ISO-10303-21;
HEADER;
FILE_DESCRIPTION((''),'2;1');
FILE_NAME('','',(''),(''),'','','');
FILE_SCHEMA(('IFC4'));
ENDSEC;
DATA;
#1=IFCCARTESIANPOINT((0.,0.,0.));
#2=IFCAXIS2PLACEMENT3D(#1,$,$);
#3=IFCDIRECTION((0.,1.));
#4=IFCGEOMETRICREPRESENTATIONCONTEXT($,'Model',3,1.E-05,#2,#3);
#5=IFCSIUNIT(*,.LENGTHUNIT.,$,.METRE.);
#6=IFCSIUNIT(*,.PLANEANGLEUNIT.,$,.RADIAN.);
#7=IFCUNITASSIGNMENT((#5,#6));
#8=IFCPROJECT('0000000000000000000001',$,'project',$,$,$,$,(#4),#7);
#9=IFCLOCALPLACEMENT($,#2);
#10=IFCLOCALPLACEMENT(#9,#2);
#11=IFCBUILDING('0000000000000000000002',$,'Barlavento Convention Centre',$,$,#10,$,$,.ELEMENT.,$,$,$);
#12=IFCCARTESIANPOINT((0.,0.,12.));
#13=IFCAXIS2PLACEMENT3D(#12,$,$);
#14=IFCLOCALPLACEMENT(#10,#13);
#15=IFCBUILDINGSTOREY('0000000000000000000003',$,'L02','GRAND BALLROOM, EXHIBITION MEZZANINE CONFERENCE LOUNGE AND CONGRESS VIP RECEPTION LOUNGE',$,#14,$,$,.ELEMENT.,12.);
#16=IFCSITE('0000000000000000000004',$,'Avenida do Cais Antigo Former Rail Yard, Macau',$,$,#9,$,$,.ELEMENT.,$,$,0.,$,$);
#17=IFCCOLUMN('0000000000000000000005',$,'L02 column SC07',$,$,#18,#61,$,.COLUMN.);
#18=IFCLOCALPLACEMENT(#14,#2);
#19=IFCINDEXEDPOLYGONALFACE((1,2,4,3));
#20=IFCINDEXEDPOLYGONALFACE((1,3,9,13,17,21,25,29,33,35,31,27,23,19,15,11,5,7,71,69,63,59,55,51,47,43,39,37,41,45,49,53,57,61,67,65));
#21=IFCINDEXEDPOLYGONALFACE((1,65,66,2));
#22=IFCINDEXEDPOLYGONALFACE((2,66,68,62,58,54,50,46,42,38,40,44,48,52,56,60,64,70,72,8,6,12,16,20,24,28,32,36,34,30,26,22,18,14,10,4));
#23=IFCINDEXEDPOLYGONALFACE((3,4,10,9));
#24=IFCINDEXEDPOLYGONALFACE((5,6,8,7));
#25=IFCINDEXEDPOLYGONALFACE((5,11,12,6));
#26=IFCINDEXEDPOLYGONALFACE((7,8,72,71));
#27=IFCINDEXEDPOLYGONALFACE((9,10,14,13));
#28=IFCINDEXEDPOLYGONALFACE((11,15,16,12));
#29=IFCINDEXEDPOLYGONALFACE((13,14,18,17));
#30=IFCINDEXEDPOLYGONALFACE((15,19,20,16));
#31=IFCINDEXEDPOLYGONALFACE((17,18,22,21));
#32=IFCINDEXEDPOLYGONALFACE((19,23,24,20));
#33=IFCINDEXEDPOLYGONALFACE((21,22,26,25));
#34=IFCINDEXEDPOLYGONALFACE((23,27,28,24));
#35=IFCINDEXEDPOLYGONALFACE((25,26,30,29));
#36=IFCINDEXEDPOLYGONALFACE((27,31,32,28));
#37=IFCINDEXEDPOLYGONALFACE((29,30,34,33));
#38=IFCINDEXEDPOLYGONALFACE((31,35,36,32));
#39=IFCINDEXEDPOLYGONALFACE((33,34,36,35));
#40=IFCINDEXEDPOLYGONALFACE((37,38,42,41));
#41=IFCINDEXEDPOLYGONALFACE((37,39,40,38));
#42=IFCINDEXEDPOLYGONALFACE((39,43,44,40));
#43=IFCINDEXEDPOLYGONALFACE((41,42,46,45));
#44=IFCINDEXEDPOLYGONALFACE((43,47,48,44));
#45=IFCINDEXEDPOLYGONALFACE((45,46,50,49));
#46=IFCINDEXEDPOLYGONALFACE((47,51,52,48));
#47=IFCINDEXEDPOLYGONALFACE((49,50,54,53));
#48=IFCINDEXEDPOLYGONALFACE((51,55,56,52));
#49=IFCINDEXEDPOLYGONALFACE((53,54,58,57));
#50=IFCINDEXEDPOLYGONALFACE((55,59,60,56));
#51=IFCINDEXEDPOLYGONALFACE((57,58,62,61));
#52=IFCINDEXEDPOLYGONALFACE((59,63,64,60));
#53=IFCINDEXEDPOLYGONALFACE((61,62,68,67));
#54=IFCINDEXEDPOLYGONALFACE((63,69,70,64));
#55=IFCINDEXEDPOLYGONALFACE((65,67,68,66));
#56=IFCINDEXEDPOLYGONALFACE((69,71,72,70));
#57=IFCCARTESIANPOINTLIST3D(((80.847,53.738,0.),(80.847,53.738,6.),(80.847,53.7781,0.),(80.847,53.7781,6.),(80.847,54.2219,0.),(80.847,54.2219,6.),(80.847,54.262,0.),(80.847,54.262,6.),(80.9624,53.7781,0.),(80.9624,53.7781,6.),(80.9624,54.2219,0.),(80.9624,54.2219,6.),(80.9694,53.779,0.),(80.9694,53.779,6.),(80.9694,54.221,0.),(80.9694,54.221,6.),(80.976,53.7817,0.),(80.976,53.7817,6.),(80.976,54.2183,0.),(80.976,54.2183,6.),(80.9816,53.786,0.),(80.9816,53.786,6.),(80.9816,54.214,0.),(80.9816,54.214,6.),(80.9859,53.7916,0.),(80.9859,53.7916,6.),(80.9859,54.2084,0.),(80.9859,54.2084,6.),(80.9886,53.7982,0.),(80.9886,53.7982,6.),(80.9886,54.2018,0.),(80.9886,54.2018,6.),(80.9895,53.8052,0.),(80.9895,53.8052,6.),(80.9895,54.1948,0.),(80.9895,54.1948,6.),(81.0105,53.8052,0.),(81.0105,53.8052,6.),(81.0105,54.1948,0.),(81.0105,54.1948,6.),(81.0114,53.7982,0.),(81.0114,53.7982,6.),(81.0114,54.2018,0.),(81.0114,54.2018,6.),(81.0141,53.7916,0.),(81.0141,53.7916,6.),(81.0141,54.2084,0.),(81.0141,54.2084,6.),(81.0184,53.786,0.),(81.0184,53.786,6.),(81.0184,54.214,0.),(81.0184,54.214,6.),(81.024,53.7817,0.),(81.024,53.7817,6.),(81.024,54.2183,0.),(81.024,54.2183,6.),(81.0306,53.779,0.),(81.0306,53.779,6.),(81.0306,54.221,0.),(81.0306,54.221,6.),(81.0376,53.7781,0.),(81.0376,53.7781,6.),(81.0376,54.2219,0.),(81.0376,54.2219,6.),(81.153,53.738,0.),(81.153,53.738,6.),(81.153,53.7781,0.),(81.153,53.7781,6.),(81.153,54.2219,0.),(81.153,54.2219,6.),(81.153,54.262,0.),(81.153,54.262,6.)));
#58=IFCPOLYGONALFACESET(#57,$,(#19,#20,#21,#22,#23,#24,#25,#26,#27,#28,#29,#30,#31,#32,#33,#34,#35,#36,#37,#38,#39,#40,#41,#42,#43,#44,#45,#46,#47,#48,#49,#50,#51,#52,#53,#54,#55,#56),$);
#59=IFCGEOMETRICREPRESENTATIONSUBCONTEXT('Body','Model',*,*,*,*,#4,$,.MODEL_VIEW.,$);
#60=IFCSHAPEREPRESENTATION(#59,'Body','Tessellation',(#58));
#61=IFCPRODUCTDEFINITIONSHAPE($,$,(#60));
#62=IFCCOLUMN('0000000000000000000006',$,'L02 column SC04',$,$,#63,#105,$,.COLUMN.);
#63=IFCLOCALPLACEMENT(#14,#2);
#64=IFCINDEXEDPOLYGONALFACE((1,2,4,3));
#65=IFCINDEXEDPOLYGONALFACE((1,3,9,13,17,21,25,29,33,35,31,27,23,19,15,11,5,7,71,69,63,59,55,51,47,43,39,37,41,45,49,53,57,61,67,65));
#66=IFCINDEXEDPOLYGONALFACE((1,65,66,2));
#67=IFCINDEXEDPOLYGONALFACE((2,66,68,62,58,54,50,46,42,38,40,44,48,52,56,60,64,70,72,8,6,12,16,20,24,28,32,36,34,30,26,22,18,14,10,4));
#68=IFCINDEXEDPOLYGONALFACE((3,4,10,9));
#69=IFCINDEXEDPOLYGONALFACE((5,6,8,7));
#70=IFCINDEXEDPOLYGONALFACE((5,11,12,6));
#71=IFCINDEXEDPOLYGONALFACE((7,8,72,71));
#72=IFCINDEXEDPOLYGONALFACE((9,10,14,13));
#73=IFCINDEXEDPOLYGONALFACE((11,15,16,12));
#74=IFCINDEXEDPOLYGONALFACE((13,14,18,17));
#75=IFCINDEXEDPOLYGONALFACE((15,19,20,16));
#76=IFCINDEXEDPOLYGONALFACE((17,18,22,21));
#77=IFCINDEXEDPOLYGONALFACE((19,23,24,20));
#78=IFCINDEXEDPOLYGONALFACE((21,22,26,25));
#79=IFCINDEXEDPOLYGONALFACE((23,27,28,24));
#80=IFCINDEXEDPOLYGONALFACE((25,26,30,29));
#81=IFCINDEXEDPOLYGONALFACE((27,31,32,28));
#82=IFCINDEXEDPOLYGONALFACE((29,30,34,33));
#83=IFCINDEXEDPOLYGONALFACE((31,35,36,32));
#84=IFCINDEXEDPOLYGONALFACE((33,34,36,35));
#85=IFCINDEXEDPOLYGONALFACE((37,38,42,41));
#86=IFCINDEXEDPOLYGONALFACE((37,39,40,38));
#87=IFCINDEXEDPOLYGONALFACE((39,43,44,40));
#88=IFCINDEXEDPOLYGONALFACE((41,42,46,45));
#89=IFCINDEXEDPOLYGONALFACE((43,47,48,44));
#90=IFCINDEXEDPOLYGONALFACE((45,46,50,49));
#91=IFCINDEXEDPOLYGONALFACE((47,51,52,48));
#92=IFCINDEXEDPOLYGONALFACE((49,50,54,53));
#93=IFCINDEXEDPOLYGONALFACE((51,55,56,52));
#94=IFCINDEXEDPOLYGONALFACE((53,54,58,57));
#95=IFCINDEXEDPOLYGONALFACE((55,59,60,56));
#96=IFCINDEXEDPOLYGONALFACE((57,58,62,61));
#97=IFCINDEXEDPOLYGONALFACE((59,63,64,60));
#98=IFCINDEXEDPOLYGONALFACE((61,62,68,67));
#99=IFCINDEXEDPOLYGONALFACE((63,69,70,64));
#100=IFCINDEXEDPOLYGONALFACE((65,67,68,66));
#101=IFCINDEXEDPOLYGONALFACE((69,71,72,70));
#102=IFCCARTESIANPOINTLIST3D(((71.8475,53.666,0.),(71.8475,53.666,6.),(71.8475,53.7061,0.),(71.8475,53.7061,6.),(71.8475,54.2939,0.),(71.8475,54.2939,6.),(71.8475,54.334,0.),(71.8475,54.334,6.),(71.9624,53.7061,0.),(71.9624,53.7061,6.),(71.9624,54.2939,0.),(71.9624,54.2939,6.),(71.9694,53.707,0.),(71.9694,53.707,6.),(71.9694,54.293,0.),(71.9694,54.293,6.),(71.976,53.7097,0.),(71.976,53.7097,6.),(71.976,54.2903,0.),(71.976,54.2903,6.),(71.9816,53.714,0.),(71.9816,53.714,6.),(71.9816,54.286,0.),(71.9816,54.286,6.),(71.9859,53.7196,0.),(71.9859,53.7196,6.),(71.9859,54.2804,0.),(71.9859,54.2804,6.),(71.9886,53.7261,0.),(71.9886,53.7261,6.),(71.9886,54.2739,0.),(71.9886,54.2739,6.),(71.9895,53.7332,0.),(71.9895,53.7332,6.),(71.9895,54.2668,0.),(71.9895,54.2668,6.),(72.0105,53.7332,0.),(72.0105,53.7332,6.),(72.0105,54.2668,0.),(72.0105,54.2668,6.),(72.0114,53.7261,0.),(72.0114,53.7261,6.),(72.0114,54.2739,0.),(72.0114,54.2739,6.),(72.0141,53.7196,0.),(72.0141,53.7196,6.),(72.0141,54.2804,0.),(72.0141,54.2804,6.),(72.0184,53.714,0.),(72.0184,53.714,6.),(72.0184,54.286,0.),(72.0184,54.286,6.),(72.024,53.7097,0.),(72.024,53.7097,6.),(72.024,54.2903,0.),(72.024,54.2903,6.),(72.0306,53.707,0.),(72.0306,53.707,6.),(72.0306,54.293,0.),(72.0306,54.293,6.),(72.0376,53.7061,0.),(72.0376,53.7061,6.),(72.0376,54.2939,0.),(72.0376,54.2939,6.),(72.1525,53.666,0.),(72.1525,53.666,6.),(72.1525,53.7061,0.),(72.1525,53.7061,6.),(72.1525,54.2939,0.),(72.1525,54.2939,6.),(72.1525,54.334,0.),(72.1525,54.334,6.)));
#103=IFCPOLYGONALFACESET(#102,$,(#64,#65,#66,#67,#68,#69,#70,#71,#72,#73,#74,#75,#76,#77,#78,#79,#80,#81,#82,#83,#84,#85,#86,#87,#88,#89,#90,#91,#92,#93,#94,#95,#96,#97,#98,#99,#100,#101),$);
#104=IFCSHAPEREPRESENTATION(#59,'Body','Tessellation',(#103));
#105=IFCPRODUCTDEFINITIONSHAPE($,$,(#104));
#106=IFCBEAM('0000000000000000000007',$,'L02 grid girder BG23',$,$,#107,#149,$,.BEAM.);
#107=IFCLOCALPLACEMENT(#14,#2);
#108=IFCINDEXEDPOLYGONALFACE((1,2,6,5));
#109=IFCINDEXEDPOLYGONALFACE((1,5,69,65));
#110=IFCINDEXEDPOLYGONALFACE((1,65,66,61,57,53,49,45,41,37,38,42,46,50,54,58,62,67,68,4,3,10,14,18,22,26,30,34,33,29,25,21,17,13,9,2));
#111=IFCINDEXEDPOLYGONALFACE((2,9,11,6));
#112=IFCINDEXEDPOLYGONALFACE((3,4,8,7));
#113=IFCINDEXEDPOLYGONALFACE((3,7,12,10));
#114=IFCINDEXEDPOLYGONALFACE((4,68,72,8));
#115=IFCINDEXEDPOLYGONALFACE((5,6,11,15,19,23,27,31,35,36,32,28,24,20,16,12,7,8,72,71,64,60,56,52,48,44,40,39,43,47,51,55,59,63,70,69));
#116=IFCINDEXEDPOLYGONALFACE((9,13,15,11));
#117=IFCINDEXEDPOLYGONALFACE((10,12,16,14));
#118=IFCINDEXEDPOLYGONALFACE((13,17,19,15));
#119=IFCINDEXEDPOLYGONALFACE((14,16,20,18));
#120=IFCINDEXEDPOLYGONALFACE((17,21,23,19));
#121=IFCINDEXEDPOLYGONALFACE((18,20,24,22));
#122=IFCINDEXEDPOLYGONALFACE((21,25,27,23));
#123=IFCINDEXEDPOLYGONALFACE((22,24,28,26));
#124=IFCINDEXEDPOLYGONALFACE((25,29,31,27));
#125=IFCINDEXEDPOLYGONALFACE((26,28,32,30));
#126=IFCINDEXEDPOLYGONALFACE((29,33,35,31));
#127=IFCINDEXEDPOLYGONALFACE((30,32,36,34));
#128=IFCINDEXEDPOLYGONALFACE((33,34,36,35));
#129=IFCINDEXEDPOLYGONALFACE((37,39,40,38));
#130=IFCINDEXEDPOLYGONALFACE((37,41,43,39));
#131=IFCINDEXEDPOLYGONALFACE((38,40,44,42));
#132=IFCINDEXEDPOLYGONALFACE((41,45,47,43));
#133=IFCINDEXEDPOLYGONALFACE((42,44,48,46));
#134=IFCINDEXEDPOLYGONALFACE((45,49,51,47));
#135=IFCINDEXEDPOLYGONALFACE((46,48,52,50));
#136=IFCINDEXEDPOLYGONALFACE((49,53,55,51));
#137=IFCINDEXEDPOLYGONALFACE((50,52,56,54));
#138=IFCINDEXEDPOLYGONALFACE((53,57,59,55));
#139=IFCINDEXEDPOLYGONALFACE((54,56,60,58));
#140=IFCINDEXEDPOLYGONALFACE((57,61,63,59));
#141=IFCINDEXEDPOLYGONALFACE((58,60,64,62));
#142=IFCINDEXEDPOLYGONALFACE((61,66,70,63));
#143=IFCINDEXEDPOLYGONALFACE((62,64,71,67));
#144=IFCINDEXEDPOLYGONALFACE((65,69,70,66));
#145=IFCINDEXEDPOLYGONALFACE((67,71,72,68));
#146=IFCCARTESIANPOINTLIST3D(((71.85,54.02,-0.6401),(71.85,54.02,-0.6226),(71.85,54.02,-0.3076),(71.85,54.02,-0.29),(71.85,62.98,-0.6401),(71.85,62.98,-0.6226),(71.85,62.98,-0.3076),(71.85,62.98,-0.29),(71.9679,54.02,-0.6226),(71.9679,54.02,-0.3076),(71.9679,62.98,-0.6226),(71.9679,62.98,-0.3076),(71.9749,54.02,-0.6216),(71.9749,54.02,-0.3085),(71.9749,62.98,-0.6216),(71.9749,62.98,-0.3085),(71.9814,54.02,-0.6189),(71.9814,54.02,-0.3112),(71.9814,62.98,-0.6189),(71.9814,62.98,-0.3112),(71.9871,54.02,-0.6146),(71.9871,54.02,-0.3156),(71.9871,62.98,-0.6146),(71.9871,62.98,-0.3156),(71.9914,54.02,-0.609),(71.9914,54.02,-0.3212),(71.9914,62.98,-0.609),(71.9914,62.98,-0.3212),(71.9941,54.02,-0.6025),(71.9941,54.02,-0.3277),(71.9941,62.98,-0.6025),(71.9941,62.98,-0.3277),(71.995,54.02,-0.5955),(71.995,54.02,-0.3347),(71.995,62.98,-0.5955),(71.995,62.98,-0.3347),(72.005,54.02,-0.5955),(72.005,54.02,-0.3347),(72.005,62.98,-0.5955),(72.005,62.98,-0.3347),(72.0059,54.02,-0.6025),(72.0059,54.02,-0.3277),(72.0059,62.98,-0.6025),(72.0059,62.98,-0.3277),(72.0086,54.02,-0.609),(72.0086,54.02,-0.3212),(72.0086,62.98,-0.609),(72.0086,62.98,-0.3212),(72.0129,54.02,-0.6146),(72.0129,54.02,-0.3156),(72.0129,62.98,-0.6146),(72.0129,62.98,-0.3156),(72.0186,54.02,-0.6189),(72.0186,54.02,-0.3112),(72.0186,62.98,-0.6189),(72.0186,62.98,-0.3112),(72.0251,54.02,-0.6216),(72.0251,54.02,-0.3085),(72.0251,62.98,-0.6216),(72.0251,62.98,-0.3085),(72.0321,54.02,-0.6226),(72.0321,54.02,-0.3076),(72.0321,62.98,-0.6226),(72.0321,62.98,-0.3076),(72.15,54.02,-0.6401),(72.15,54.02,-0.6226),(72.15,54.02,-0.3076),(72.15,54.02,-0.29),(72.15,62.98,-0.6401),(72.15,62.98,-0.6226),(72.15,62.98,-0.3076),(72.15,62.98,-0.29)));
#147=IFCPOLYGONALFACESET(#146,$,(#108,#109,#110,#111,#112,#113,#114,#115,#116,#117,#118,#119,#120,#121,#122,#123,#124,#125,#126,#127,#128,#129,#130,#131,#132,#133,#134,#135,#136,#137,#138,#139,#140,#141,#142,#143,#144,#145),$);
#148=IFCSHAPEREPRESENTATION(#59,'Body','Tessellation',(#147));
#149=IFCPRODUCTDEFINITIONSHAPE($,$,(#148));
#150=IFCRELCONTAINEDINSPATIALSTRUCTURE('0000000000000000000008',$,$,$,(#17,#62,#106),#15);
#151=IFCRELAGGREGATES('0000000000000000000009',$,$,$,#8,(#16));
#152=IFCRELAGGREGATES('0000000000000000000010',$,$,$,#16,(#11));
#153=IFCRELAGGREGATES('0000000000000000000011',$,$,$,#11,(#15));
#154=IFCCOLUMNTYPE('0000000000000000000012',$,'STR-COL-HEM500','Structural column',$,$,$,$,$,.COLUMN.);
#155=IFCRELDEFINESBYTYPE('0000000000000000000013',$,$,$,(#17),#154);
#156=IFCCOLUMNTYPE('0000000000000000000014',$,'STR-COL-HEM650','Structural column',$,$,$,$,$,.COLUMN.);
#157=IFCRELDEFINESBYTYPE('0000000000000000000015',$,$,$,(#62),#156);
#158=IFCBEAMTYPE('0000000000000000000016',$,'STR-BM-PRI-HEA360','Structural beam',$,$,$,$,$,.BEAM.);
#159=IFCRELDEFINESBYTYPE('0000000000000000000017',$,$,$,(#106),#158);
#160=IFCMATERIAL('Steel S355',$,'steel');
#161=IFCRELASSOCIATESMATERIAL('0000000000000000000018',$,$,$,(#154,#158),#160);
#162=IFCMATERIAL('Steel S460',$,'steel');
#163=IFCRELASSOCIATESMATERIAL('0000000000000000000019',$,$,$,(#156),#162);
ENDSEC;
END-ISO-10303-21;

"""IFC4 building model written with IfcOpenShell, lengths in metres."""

from ifc_helpers import new_model, si_unit, direction, frame, origin, origin_2d, place, context, subcontext, project, spatial, i_section, extrude, material, material_profile, profile_set, type_object, element, save


model = new_model("IFC4")

# Units and contexts
model_context = context("Model", 3, precision=1e-05, world=origin(), true_north=direction((0.0, 1.0)))
body_context = subcontext(model_context, "Body", "Model", "MODEL_VIEW")
ifc_project = project(units=[si_unit("LENGTHUNIT", "METRE"), si_unit("PLANEANGLEUNIT", "RADIAN")], contexts=[model_context])

# Site, building, storey
site_placement = place(None, origin())
site = spatial("IfcSite", under=ifc_project, at=site_placement, Name="Avenida do Cais Antigo Former Rail Yard, Macau", CompositionType="ELEMENT", RefElevation=0.0)
building_placement = place(site_placement, origin())
building = spatial("IfcBuilding", under=site, at=building_placement, Name="Barlavento Convention Centre", CompositionType="ELEMENT")
storey_placement = place(building_placement, frame((0.0, 0.0, 12.0)))
storey = spatial("IfcBuildingStorey", under=building, at=storey_placement, Name="L02", Description="GRAND BALLROOM, EXHIBITION MEZZANINE CONFERENCE LOUNGE AND CONGRESS VIP RECEPTION LOUNGE", CompositionType="ELEMENT", Elevation=12.0)

# Columns
ifc_material_1 = material(Name="Steel S355", Category="steel")
ifc_material_profile_1 = material_profile(ifc_material_1, i_section(OverallWidth=0.3059, OverallDepth=0.5239, WebThickness=0.021, FlangeThickness=0.04, FilletRadius=0.0271, at=origin_2d()), Name="HEM 500")
ifc_profile_set_1 = profile_set([ifc_material_profile_1], Name="Steel S355")
column_type_1 = type_object("IfcColumnType", Name="STR-COL-HEM500", Description="Structural column", PredefinedType="COLUMN", material=ifc_profile_set_1)
column_1_placement = place(storey_placement, frame((81.0, 54.0, 0.0), z_axis=(0.0, 0.0, 1.0), x_axis=(1.0, 0.0, 0.0)))
element("IfcColumn", 1, at=column_1_placement, inside=storey, type_object=column_type_1, Name="L02 column SC07", PredefinedType="COLUMN", context=body_context, shape_type="SweptSolid", body=[
    extrude(i_section(OverallWidth=0.3059, OverallDepth=0.5239, WebThickness=0.021, FlangeThickness=0.04, FilletRadius=0.0271, at=origin_2d()), origin(), (0.0, 0.0, 1.0), 6.0),
])
ifc_material_2 = material(Name="Steel S460", Category="steel")
ifc_material_profile_2 = material_profile(ifc_material_2, i_section(OverallWidth=0.3049, OverallDepth=0.668, WebThickness=0.021, FlangeThickness=0.04, FilletRadius=0.0271, at=origin_2d()), Name="HEM 650")
ifc_profile_set_2 = profile_set([ifc_material_profile_2], Name="Steel S460")
column_type_2 = type_object("IfcColumnType", Name="STR-COL-HEM650", Description="Structural column", PredefinedType="COLUMN", material=ifc_profile_set_2)
column_2_placement = place(storey_placement, frame((72.0, 54.0, 0.0), z_axis=(0.0, 0.0, 1.0), x_axis=(1.0, 0.0, 0.0)))
element("IfcColumn", 2, at=column_2_placement, inside=storey, type_object=column_type_2, Name="L02 column SC04", PredefinedType="COLUMN", context=body_context, shape_type="SweptSolid", body=[
    extrude(i_section(OverallWidth=0.3049, OverallDepth=0.668, WebThickness=0.021, FlangeThickness=0.04, FilletRadius=0.0271, at=origin_2d()), origin(), (0.0, 0.0, 1.0), 6.0),
])

# Beam
ifc_material_profile_3 = material_profile(ifc_material_1, i_section(OverallWidth=0.3, OverallDepth=0.3501, WebThickness=0.01, FlangeThickness=0.0176, FilletRadius=0.0271, at=origin_2d()), Name="HEA 360")
ifc_profile_set_3 = profile_set([ifc_material_profile_3], Name="Steel S355")
beam_type_1 = type_object("IfcBeamType", Name="STR-BM-PRI-HEA360", Description="Structural beam", PredefinedType="BEAM", material=ifc_profile_set_3)
beam_1_placement = place(storey_placement, frame((72.0, 54.02, -0.4651), z_axis=(0.0, 1.0, 0.0), x_axis=(-1.0, 0.0, 0.0)))
element("IfcBeam", 3, at=beam_1_placement, inside=storey, type_object=beam_type_1, Name="L02 grid girder BG23", PredefinedType="BEAM", context=body_context, shape_type="SweptSolid", body=[
    extrude(i_section(OverallWidth=0.3, OverallDepth=0.3501, WebThickness=0.01, FlangeThickness=0.0176, FilletRadius=0.0271, at=origin_2d()), origin(), (0.0, 0.0, 1.0), 8.96),
])

save(model, "model.ifc")
